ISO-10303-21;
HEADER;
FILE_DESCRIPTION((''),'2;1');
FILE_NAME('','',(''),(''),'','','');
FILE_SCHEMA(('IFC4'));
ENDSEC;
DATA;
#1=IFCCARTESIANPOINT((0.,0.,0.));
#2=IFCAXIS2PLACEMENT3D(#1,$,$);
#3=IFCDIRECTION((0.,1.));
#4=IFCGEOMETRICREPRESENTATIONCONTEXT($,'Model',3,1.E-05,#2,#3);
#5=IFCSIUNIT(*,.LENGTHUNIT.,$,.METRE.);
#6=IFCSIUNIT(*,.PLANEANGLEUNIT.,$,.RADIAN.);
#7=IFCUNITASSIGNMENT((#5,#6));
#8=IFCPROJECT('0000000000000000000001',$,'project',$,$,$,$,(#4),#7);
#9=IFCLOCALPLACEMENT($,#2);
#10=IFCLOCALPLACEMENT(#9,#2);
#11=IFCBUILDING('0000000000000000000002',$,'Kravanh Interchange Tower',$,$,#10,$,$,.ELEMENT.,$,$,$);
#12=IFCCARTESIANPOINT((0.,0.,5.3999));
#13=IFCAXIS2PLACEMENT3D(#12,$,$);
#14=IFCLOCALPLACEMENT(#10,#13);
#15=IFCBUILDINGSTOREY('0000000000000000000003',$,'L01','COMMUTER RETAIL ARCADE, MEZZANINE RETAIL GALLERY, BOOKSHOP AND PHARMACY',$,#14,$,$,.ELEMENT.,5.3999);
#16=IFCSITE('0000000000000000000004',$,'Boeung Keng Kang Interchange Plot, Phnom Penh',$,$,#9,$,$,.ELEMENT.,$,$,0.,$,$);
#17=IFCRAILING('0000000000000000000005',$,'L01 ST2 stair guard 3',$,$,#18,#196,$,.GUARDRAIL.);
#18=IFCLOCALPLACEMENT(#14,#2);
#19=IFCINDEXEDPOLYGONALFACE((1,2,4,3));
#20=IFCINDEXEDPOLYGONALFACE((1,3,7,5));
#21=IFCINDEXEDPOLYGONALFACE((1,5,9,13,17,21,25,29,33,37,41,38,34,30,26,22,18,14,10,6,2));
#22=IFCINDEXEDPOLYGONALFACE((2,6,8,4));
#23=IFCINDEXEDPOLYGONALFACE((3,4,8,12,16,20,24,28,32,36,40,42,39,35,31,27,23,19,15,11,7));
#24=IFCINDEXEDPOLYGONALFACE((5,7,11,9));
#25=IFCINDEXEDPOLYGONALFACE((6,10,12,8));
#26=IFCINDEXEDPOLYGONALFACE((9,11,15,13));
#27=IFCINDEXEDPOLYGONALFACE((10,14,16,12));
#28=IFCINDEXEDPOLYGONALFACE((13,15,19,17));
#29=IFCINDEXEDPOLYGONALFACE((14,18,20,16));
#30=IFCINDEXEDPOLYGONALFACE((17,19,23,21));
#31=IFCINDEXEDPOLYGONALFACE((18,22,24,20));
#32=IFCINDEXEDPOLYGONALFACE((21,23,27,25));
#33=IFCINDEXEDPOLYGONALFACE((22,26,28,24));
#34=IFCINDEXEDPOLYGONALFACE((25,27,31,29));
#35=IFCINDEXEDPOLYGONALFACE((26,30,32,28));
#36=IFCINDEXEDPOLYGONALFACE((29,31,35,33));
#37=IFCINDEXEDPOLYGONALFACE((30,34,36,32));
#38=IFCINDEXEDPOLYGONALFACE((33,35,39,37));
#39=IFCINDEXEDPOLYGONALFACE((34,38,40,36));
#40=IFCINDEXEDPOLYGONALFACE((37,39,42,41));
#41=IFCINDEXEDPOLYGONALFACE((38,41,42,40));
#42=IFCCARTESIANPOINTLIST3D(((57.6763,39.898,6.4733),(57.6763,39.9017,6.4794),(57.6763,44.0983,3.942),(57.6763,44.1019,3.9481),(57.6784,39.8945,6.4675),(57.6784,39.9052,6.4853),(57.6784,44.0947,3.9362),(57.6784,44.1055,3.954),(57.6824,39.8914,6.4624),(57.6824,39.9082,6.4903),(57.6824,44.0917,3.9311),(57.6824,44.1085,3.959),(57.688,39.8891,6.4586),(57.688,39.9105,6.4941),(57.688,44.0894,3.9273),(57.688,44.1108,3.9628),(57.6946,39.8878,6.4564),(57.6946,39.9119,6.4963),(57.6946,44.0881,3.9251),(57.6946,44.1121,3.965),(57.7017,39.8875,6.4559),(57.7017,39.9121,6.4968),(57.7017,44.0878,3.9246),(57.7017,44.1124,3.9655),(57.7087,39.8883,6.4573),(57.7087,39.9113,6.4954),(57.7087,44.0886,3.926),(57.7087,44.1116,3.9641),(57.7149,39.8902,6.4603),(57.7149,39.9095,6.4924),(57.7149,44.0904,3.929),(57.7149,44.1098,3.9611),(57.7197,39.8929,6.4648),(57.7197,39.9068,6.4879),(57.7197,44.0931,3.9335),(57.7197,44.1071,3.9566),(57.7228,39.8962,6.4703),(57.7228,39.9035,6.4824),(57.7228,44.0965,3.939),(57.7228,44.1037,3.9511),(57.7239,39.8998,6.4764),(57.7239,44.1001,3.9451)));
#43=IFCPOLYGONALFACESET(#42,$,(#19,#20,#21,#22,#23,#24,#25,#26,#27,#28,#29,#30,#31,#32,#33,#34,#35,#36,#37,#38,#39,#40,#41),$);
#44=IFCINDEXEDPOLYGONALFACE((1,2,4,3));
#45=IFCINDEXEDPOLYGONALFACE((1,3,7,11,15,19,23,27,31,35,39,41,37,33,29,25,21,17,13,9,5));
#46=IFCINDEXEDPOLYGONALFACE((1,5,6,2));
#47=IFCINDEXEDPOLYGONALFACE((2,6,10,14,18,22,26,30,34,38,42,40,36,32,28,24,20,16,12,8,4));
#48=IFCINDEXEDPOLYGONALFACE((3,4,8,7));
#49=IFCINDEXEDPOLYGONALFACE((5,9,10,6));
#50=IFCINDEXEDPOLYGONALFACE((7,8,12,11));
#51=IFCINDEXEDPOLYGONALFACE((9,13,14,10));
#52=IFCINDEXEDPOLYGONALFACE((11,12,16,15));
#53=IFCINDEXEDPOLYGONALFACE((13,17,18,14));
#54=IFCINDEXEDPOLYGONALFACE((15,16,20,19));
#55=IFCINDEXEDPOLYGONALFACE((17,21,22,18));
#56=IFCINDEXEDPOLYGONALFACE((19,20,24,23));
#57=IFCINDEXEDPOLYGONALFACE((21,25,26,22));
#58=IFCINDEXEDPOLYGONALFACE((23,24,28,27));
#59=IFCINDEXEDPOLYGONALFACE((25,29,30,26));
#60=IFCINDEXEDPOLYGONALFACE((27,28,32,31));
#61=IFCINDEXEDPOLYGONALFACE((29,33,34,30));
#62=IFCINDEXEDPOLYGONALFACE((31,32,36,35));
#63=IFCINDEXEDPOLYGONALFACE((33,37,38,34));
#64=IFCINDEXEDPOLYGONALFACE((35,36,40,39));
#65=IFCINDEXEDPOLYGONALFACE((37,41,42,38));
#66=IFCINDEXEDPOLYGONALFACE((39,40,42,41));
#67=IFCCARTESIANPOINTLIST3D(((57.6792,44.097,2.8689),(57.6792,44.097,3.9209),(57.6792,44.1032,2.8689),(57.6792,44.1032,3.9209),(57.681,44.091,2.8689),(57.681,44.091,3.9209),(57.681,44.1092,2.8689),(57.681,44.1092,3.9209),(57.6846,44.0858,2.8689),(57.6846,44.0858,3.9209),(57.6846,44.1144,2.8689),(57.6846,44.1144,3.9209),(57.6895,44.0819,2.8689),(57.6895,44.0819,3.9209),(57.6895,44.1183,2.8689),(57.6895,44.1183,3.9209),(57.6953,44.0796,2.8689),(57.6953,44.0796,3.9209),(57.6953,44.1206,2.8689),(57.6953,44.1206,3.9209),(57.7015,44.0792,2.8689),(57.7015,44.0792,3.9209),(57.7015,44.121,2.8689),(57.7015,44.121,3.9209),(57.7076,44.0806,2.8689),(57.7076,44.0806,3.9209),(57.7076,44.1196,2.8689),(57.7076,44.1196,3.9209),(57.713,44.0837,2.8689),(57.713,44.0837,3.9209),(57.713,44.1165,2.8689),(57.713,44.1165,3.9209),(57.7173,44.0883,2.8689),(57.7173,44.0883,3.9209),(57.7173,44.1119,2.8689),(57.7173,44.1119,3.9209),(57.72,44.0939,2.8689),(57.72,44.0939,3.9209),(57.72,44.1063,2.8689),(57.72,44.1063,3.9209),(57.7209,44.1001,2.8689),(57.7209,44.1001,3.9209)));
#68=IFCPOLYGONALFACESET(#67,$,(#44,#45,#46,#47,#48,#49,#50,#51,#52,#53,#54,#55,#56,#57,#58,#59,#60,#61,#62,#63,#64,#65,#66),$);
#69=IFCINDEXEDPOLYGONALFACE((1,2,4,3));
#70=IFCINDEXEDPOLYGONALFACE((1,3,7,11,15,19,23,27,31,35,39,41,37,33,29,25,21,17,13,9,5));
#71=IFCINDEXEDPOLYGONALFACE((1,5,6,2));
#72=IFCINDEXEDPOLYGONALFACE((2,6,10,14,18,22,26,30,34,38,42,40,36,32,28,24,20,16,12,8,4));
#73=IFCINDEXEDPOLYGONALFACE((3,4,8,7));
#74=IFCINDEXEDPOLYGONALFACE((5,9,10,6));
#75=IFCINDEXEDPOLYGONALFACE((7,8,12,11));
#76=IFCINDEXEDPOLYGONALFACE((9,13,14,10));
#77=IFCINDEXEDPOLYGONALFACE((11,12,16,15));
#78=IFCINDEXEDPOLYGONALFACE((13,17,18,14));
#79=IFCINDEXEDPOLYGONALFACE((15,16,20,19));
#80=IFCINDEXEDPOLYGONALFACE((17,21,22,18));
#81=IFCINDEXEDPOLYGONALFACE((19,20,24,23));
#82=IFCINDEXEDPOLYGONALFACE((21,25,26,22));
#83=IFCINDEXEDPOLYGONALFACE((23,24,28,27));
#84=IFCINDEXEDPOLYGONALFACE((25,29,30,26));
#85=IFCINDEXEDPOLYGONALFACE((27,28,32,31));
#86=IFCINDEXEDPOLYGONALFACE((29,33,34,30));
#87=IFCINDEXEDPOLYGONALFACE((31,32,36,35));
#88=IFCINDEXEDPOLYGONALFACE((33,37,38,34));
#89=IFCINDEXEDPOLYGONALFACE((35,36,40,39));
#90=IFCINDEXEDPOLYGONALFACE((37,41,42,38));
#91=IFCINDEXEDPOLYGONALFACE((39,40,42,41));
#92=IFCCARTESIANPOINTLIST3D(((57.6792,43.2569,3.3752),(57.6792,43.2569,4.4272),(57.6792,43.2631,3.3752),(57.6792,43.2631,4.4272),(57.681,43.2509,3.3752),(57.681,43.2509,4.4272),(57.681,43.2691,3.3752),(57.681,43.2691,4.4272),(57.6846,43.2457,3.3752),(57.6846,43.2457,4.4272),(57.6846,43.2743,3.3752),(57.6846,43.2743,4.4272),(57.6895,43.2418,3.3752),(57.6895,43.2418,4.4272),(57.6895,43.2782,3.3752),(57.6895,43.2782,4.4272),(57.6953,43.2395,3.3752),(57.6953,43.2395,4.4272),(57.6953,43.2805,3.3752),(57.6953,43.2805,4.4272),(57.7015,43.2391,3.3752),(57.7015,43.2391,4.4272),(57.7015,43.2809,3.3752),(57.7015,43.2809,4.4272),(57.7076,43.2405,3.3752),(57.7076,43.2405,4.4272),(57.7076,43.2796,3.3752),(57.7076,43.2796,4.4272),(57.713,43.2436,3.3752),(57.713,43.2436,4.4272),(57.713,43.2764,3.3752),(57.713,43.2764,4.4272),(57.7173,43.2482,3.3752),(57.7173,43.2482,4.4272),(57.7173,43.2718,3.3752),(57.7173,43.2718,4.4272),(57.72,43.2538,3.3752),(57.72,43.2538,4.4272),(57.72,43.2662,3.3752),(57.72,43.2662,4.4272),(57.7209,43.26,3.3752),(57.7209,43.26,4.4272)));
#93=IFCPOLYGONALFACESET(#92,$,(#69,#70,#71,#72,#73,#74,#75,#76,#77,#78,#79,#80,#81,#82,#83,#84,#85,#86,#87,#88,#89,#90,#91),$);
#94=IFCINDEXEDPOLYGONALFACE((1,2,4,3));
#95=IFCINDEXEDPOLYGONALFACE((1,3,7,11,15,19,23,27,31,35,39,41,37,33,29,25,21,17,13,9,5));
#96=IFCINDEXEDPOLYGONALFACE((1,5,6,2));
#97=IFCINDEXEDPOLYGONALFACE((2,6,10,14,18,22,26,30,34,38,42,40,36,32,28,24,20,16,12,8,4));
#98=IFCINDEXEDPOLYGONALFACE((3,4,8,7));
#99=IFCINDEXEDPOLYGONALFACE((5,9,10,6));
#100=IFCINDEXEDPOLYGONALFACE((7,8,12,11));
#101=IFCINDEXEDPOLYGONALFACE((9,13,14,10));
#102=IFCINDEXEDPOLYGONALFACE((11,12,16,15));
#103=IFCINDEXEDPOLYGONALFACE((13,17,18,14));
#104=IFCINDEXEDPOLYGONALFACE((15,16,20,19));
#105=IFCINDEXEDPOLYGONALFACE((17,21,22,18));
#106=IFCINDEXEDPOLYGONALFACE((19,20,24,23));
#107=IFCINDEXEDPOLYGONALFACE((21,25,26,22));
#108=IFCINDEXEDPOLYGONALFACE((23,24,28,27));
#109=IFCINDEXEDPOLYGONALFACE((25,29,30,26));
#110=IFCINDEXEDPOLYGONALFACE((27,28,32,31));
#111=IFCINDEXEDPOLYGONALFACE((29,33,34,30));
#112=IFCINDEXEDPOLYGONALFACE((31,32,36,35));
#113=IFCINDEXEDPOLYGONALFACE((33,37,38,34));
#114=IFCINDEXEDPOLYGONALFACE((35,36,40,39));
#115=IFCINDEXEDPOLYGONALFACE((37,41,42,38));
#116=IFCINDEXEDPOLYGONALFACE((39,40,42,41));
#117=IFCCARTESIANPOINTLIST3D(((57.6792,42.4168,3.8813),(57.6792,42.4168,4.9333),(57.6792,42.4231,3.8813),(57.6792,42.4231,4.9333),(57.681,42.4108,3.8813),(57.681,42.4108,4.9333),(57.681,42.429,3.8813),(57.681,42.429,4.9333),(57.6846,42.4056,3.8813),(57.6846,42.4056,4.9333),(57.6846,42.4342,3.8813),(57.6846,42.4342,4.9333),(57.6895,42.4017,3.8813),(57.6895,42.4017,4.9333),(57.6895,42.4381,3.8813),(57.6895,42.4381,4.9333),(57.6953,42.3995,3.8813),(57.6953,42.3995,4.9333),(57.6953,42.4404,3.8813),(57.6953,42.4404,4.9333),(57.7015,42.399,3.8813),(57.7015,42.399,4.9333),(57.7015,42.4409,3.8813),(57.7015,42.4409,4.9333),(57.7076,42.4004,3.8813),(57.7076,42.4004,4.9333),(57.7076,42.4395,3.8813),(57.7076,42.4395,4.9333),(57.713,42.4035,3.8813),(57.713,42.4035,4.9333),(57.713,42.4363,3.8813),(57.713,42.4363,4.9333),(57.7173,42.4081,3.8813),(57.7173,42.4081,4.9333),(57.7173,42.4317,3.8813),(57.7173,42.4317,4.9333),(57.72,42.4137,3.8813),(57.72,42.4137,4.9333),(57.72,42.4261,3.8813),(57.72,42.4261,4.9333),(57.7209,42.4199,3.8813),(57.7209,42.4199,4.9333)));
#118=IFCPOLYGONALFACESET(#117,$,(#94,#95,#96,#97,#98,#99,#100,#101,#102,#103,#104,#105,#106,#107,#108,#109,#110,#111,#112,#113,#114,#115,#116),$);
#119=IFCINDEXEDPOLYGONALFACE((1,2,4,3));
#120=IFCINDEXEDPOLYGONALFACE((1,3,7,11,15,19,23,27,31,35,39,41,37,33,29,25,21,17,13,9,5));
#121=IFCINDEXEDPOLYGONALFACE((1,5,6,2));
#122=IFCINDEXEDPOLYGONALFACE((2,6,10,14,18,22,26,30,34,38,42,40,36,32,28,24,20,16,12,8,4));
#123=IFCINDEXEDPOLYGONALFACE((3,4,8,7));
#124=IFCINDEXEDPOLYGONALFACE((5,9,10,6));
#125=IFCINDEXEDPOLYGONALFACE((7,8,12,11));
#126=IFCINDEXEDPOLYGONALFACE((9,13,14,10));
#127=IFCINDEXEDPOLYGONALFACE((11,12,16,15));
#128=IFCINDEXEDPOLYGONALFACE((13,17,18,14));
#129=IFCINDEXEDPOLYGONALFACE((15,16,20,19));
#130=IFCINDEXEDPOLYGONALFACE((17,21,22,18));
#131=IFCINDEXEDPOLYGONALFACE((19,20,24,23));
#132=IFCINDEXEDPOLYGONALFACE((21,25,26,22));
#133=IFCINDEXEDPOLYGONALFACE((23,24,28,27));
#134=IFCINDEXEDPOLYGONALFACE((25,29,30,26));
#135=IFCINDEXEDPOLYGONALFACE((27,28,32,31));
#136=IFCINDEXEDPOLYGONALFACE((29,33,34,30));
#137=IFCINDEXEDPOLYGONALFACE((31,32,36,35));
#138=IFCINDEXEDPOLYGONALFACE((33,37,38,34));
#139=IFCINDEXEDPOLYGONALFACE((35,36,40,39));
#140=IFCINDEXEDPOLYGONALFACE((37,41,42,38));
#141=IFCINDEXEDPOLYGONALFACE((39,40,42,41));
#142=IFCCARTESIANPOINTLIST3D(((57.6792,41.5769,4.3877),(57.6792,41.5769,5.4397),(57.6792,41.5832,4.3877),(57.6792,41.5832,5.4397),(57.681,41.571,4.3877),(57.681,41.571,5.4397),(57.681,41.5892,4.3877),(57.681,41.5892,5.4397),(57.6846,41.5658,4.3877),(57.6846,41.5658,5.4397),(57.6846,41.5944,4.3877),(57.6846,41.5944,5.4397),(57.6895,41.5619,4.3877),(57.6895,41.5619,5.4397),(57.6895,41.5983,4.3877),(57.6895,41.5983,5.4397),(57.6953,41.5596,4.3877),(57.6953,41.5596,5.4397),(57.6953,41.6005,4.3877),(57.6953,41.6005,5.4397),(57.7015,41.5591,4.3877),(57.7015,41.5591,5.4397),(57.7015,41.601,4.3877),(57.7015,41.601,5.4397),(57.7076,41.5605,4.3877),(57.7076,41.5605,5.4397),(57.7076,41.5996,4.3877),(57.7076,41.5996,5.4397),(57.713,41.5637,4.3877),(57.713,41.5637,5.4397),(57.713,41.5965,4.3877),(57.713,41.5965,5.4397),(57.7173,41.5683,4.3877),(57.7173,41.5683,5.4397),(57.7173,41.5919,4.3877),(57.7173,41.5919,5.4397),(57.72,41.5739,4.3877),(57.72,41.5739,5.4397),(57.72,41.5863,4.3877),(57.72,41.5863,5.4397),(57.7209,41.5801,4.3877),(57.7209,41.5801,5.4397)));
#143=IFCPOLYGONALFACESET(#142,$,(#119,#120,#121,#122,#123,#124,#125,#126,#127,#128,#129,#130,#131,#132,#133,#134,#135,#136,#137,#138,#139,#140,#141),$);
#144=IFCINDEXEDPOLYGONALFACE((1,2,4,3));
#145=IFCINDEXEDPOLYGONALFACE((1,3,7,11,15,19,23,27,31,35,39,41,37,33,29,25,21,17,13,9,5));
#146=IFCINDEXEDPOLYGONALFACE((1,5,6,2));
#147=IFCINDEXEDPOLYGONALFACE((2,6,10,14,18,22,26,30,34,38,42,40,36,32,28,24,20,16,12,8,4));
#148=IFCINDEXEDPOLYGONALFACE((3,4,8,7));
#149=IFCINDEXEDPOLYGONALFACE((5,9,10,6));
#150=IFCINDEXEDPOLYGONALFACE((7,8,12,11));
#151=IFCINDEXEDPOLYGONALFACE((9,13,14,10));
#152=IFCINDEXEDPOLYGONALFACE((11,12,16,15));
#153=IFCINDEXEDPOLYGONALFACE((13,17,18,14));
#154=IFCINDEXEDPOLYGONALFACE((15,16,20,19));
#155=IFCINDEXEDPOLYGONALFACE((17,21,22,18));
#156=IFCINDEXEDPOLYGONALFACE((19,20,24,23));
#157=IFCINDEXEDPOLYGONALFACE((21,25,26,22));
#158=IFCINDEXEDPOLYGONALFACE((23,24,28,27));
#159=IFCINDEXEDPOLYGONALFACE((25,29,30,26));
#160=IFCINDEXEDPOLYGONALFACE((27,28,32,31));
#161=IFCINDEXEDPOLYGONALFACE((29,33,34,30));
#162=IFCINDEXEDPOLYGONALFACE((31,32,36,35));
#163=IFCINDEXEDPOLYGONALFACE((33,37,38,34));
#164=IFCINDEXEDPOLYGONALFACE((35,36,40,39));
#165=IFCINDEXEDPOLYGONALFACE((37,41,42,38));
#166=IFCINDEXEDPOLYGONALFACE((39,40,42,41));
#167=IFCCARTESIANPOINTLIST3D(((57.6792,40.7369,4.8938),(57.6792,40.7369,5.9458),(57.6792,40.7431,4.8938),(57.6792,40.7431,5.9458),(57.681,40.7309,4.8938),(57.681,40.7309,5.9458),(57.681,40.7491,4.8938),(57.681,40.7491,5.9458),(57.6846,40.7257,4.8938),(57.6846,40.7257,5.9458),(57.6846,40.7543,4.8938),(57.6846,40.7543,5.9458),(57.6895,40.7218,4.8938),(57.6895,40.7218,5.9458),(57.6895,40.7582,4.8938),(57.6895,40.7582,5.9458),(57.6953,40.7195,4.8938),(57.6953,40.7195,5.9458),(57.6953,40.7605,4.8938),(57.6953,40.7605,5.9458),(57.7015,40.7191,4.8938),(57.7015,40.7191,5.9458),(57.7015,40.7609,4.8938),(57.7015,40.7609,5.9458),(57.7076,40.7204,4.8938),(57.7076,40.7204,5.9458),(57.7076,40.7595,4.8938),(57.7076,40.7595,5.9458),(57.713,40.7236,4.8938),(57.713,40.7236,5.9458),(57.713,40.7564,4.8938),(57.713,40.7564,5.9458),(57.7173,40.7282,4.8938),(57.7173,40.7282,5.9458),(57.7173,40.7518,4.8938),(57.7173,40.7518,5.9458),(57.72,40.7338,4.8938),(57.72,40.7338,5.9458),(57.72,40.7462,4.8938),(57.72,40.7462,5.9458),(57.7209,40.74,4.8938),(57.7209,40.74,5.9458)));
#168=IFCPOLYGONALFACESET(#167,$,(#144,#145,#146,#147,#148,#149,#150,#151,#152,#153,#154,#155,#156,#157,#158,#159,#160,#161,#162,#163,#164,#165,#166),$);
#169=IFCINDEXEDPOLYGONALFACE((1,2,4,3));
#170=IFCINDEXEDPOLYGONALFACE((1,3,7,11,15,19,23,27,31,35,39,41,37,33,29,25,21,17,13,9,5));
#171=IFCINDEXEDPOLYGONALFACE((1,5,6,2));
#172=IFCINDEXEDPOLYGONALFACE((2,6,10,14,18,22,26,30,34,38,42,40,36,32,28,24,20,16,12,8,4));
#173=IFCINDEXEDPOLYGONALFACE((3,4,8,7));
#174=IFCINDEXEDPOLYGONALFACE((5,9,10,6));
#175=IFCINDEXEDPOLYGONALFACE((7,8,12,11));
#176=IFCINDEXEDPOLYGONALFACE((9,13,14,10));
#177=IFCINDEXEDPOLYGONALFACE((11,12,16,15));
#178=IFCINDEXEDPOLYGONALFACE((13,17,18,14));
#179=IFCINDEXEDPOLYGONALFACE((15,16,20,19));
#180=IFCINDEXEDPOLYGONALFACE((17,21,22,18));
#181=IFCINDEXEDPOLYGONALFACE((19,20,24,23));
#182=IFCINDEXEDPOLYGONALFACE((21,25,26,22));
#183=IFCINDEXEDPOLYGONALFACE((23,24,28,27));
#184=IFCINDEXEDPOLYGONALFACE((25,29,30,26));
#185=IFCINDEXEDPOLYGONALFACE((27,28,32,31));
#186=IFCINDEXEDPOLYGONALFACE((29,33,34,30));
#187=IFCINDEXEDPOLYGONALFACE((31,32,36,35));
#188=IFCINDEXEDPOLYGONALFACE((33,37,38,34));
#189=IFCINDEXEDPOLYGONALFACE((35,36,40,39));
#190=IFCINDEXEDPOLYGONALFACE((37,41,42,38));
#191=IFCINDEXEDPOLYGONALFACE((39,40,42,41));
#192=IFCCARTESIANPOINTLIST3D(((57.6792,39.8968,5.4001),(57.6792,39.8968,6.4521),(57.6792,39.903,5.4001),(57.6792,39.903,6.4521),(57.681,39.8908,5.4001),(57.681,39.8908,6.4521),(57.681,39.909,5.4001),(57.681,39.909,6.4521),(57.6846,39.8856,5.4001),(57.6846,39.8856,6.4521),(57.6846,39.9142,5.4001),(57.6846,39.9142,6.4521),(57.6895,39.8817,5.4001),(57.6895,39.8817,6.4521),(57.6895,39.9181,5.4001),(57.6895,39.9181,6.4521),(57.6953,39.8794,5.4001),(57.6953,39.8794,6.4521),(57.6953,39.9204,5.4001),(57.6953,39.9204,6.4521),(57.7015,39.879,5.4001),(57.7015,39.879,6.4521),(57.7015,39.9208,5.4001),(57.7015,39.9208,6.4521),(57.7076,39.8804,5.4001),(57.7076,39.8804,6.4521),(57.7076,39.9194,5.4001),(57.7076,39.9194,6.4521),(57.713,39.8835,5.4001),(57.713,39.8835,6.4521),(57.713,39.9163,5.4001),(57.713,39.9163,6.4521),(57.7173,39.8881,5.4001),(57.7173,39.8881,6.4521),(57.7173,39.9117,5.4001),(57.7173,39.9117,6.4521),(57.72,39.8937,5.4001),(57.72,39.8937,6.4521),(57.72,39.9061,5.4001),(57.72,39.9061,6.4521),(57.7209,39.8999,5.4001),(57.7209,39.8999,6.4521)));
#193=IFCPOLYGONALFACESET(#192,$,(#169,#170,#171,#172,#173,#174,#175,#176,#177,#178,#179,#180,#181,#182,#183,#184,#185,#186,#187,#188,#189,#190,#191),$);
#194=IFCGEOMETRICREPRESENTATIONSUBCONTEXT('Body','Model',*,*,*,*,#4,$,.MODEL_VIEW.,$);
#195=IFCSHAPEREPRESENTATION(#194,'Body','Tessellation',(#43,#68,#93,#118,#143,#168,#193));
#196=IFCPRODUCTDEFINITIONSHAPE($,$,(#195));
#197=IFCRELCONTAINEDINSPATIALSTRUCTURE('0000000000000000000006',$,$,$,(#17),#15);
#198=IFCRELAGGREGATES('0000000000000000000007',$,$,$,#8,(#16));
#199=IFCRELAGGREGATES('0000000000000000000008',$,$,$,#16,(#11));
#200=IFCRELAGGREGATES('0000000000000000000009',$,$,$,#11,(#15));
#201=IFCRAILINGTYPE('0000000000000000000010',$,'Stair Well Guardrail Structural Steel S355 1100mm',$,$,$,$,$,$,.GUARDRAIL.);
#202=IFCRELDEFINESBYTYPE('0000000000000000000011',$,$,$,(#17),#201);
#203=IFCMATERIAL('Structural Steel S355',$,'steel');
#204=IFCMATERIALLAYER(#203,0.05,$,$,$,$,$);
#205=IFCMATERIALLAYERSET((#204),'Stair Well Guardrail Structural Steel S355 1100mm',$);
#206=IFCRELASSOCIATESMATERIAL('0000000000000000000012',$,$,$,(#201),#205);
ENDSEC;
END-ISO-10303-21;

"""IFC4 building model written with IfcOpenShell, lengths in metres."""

from ifc_helpers import new_model, si_unit, direction, frame, origin, origin_2d, place, context, subcontext, project, spatial, circle, extrude, material, layer, layer_set, type_object, element, save


model = new_model("IFC4")

# Units and contexts
model_context = context("Model", 3, precision=1e-05, world=origin(), true_north=direction((0.0, 1.0)))
body_context = subcontext(model_context, "Body", "Model", "MODEL_VIEW")
ifc_project = project(units=[si_unit("LENGTHUNIT", "METRE"), si_unit("PLANEANGLEUNIT", "RADIAN")], contexts=[model_context])

# Site, building, storey
site_placement = place(None, origin())
site = spatial("IfcSite", under=ifc_project, at=site_placement, Name="Boeung Keng Kang Interchange Plot, Phnom Penh", CompositionType="ELEMENT", RefElevation=0.0)
building_placement = place(site_placement, origin())
building = spatial("IfcBuilding", under=site, at=building_placement, Name="Kravanh Interchange Tower", CompositionType="ELEMENT")
storey_placement = place(building_placement, frame((0.0, 0.0, 5.3999)))
storey = spatial("IfcBuildingStorey", under=building, at=storey_placement, Name="L01", Description="COMMUTER RETAIL ARCADE, MEZZANINE RETAIL GALLERY, BOOKSHOP AND PHARMACY", CompositionType="ELEMENT", Elevation=5.3999)

# Railing
ifc_material_1 = material(Name="Structural Steel S355", Category="steel")
ifc_layer_1 = layer(ifc_material_1, 0.05)
ifc_layer_set_1 = layer_set([ifc_layer_1], Name="Stair Well Guardrail Structural Steel S355 1100mm")
railing_type_1 = type_object("IfcRailingType", Name="Stair Well Guardrail Structural Steel S355 1100mm", PredefinedType="GUARDRAIL", material=ifc_layer_set_1)
railing_1_placement = place(storey_placement, frame((57.7, 44.1001, 2.8689)))
element("IfcRailing", 1, at=railing_1_placement, inside=storey, type_object=railing_type_1, Name="L01 ST2 stair guard 3", PredefinedType="GUARDRAIL", context=body_context, shape_type="SweptSolid", body=[
    extrude(circle(Radius=0.0239, at=origin_2d()), frame((0.0, 0.0, 1.0762), z_axis=(0.0, -0.85649, 0.516164), x_axis=(1.0, 0.0, 0.0)), (0.0, 0.0, 1.0), 4.9041),
    extrude(circle(Radius=0.021, at=origin_2d()), origin(), (0.0, 0.0, 1.0), 1.052),
    extrude(circle(Radius=0.021, at=origin_2d()), frame((0.0, -0.8401, 0.5063)), (0.0, 0.0, 1.0), 1.052),
    extrude(circle(Radius=0.021, at=origin_2d()), frame((0.0, -1.6802, 1.0125)), (0.0, 0.0, 1.0), 1.052),
    extrude(circle(Radius=0.021, at=origin_2d()), frame((0.0, -2.52, 1.5188)), (0.0, 0.0, 1.0), 1.052),
    extrude(circle(Radius=0.021, at=origin_2d()), frame((0.0, -3.3601, 2.0249)), (0.0, 0.0, 1.0), 1.052),
    extrude(circle(Radius=0.021, at=origin_2d()), frame((0.0, -4.2002, 2.5312)), (0.0, 0.0, 1.0), 1.052),
])

save(model, "model.ifc")
